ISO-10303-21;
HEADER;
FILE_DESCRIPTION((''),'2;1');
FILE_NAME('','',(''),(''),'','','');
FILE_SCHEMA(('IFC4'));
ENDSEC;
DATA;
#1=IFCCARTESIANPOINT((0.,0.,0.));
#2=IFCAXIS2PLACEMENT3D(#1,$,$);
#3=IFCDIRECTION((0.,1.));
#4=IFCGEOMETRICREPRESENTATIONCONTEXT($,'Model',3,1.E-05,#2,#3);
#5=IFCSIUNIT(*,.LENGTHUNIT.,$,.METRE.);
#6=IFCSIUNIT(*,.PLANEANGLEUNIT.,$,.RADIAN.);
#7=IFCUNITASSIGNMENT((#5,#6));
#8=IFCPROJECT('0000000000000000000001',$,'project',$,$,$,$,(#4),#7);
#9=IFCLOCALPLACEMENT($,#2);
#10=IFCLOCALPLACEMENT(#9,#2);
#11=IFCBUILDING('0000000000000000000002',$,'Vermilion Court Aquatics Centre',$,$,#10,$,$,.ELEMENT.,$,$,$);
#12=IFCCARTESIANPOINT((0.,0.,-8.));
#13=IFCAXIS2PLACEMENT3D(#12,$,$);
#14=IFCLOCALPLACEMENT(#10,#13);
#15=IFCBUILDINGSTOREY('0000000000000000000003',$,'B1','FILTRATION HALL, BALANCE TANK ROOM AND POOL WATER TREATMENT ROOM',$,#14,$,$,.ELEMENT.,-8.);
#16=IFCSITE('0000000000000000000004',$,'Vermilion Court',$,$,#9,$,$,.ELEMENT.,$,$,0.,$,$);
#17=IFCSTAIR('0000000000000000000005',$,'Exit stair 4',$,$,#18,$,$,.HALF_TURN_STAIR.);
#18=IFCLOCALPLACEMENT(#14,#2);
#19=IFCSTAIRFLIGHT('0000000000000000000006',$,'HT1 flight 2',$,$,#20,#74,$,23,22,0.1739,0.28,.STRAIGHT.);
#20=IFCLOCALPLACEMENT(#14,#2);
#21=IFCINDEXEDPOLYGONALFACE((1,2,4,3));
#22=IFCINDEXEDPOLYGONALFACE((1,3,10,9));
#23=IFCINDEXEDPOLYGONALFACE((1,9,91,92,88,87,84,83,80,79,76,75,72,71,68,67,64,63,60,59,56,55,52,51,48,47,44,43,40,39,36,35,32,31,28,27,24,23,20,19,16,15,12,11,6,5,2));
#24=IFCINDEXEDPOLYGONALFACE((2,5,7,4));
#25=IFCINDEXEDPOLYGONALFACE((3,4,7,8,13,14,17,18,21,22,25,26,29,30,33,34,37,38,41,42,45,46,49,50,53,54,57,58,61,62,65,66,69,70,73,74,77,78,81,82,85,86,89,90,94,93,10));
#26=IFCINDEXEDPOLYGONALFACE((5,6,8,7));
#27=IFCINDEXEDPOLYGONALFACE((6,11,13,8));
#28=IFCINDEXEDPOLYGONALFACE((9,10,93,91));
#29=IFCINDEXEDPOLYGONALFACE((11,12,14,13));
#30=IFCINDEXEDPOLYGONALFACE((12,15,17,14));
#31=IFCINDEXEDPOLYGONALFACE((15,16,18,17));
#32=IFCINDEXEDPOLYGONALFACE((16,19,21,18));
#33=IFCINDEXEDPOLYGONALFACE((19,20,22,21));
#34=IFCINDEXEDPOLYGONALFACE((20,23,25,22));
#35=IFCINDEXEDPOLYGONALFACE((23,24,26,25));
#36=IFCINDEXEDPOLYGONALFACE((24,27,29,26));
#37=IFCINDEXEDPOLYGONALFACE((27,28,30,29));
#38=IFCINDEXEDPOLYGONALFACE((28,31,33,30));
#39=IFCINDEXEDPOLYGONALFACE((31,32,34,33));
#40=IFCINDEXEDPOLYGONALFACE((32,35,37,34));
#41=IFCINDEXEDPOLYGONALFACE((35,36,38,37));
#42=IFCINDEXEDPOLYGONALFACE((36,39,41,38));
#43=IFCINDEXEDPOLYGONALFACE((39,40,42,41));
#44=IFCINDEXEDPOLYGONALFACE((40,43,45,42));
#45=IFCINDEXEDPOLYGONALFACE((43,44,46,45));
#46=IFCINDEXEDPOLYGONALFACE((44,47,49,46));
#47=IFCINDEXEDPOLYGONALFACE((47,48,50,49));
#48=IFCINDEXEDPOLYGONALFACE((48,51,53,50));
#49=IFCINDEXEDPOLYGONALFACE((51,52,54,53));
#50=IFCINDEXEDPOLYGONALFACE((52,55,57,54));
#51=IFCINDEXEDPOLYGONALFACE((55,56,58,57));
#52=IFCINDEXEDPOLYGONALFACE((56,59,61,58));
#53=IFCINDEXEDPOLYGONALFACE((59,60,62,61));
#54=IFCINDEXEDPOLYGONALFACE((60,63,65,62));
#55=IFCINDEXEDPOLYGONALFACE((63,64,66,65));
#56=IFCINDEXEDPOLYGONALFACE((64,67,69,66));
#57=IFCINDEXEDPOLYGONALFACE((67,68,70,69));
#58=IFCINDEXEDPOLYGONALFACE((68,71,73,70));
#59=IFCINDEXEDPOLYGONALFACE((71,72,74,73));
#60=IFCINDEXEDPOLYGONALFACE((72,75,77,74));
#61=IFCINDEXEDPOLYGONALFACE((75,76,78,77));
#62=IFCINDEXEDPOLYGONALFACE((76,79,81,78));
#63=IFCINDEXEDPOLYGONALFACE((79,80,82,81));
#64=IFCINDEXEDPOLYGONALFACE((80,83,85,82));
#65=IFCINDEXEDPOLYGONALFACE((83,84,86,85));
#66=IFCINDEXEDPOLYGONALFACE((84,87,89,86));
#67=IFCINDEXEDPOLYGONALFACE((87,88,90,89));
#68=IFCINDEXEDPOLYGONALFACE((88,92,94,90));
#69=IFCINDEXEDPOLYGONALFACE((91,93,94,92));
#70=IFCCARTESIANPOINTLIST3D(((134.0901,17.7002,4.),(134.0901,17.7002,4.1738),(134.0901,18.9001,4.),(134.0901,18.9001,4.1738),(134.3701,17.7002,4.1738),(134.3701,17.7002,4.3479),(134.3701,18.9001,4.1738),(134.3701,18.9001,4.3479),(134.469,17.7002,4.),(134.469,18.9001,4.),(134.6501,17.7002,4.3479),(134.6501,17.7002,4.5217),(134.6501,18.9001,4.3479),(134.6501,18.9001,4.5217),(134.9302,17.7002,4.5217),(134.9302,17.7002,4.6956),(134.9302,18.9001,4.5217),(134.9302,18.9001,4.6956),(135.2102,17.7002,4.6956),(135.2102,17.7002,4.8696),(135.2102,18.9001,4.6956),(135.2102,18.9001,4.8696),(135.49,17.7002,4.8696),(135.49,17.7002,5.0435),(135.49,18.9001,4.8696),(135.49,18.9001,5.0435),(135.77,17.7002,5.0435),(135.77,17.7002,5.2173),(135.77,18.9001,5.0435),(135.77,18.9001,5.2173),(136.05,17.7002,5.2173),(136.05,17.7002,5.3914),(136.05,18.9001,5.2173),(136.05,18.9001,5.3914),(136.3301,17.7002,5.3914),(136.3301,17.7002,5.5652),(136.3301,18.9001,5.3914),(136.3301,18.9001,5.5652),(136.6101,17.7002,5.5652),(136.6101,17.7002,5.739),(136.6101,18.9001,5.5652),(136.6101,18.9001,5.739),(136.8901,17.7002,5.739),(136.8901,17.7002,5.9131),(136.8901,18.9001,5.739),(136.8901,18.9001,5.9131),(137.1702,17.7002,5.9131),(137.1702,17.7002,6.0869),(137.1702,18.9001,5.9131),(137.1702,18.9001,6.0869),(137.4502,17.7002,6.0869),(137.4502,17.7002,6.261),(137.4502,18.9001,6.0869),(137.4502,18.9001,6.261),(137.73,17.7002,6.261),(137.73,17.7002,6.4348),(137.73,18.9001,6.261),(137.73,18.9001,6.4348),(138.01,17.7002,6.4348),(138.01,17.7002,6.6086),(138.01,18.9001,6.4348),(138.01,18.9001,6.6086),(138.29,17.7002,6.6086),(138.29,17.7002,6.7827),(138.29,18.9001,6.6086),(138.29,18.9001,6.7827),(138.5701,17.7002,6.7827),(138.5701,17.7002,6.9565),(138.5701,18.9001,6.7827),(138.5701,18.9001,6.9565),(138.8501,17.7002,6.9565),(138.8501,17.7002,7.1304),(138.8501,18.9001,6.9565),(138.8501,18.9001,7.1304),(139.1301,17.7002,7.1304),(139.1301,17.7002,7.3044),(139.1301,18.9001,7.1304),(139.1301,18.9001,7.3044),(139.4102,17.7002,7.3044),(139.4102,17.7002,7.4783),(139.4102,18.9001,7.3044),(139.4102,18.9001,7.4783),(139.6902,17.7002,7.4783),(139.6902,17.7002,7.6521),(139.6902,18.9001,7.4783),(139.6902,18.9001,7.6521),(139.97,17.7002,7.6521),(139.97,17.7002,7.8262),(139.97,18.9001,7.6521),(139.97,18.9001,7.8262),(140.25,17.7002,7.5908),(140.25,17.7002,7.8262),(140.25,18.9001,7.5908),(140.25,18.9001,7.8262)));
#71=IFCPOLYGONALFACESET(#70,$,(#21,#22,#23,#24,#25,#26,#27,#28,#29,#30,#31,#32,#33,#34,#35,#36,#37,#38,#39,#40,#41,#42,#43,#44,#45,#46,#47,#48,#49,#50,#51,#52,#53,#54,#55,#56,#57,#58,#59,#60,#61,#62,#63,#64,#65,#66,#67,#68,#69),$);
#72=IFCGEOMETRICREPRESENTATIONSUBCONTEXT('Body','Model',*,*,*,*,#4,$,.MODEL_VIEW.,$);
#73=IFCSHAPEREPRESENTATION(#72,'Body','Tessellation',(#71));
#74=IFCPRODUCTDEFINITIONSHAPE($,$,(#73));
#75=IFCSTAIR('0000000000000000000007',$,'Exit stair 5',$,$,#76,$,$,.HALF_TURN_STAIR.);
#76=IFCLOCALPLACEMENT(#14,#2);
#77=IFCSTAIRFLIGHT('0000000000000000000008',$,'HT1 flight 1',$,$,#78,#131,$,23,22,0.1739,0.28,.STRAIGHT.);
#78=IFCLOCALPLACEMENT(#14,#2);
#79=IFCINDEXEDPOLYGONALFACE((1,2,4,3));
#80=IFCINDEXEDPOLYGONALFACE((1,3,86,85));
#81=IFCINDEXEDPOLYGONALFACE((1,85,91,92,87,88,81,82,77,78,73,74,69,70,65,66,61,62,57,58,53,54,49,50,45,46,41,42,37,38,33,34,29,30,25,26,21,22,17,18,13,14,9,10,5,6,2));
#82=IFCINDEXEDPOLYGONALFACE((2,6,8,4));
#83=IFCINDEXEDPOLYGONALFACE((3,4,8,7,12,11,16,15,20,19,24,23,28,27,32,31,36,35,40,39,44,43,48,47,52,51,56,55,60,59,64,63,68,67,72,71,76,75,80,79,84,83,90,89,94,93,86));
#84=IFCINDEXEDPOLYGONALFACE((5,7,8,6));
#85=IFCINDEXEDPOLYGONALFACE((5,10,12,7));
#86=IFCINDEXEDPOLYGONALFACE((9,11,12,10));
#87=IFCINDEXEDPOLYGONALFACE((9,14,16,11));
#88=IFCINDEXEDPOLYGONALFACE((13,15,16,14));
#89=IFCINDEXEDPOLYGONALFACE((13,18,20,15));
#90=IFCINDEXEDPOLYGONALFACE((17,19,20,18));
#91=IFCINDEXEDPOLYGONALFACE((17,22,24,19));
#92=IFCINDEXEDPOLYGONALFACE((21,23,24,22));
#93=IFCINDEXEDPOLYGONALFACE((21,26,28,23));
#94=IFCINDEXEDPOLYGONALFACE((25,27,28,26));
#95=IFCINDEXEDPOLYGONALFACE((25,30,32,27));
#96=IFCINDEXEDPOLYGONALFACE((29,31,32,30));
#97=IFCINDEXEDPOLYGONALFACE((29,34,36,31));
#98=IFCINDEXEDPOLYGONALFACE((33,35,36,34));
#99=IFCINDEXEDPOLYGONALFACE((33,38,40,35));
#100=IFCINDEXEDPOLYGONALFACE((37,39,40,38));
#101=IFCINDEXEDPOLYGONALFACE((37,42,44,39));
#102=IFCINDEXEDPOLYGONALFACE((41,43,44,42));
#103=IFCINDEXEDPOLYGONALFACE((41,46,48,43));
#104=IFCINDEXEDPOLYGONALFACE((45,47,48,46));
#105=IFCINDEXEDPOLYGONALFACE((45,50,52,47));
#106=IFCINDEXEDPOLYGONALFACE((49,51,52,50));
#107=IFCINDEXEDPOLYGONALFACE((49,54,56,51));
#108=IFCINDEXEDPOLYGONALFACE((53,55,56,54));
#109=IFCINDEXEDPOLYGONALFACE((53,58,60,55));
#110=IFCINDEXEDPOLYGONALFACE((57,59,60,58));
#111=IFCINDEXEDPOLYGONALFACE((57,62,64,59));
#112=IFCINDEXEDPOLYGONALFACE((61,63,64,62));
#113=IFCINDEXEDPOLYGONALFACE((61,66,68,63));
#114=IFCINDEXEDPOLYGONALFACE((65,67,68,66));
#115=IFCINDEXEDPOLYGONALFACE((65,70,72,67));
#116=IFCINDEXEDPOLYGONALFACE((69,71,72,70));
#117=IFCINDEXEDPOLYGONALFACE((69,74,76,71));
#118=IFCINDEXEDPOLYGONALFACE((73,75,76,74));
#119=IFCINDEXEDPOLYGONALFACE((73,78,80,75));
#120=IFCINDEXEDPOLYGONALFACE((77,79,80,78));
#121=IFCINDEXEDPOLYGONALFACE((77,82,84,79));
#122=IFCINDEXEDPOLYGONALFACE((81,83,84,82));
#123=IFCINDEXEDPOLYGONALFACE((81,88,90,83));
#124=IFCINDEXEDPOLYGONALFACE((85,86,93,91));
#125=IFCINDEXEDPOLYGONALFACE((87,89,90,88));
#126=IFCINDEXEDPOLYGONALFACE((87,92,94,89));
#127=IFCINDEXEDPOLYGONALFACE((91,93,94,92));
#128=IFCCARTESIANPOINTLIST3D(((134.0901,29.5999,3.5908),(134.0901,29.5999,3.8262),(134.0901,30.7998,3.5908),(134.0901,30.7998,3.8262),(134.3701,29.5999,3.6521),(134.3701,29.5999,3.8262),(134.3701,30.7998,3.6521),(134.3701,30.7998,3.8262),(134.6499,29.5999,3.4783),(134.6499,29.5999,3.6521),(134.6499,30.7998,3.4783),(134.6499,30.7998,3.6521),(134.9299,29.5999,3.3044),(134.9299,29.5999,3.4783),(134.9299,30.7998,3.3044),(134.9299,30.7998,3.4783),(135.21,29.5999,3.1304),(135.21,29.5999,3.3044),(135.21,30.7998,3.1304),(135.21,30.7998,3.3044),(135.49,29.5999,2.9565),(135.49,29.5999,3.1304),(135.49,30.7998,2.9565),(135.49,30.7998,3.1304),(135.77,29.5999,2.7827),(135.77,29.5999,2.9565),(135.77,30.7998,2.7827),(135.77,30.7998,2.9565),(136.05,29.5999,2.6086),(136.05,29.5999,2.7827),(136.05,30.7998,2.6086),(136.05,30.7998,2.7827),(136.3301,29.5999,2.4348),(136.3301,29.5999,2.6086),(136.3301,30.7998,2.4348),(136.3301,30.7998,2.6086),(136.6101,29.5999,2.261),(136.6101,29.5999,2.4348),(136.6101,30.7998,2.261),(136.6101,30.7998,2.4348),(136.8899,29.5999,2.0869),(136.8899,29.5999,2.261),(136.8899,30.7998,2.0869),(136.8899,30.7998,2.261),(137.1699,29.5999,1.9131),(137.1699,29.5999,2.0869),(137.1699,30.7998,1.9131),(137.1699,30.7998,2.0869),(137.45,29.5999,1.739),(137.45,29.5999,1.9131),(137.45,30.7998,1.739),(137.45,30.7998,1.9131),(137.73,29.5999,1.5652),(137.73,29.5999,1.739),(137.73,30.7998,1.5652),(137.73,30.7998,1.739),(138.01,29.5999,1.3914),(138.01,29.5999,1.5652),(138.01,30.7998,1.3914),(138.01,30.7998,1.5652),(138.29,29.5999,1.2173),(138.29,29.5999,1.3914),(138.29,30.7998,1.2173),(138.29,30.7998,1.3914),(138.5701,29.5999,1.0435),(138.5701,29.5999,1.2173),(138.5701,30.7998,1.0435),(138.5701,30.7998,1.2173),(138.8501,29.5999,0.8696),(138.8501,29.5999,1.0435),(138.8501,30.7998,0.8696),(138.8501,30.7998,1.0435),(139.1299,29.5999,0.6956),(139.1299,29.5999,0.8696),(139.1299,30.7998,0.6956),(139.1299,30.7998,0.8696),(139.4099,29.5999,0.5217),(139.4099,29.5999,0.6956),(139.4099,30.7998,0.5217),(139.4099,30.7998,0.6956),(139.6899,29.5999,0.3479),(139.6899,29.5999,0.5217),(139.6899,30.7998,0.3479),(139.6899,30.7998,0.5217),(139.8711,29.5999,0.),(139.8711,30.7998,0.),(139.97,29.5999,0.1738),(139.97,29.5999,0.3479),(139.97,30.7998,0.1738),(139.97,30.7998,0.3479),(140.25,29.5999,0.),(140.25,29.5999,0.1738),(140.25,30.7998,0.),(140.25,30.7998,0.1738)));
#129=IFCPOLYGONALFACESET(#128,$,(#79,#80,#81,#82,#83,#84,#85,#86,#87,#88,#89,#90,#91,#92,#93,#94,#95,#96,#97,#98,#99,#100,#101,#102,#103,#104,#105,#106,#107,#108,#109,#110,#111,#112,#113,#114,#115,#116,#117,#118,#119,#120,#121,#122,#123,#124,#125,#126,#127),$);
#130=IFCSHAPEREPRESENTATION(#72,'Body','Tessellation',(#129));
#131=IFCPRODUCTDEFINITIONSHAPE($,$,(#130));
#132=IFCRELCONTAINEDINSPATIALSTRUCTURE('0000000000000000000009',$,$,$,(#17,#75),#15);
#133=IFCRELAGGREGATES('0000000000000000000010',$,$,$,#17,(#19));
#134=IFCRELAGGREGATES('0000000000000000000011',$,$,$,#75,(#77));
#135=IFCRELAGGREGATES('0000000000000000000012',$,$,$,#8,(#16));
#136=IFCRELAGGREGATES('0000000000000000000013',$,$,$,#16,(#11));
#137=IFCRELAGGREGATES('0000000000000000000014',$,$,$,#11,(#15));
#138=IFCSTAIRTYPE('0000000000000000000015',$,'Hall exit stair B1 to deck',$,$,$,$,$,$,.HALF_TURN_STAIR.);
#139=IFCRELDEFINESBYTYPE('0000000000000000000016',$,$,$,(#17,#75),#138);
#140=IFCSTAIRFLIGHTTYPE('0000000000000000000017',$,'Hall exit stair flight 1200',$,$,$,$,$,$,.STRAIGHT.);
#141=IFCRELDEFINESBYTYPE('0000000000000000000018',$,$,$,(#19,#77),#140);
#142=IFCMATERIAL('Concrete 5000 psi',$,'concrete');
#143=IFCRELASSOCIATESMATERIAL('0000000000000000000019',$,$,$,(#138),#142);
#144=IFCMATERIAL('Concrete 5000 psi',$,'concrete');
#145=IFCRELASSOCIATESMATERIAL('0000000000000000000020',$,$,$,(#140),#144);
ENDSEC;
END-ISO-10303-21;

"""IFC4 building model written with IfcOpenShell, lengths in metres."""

from ifc_helpers import new_model, si_unit, direction, frame, origin, place, context, subcontext, project, spatial, polyline, outline, extrude, material, type_object, element, aggregate, save


model = new_model("IFC4")

# Units and contexts
model_context = context("Model", 3, precision=1e-05, world=origin(), true_north=direction((0.0, 1.0)))
body_context = subcontext(model_context, "Body", "Model", "MODEL_VIEW")
ifc_project = project(units=[si_unit("LENGTHUNIT", "METRE"), si_unit("PLANEANGLEUNIT", "RADIAN")], contexts=[model_context])

# Site, building, storey
site_placement = place(None, origin())
site = spatial("IfcSite", under=ifc_project, at=site_placement, Name="Vermilion Court", CompositionType="ELEMENT", RefElevation=0.0)
building_placement = place(site_placement, origin())
building = spatial("IfcBuilding", under=site, at=building_placement, Name="Vermilion Court Aquatics Centre", CompositionType="ELEMENT")
storey_placement = place(building_placement, frame((0.0, 0.0, -8.0)))
storey = spatial("IfcBuildingStorey", under=building, at=storey_placement, Name="B1", Description="FILTRATION HALL, BALANCE TANK ROOM AND POOL WATER TREATMENT ROOM", CompositionType="ELEMENT", Elevation=-8.0)

# Stair, stair flight
ifc_material_1 = material(Name="Concrete 5000 psi", Category="concrete")
stair_type = type_object("IfcStairType", Name="Hall exit stair B1 to deck", PredefinedType="HALF_TURN_STAIR", material=ifc_material_1)
stair_1_placement = place(storey_placement, origin())
stair_1 = element("IfcStair", 1, at=stair_1_placement, inside=storey, type_object=stair_type, Name="Exit stair 4", PredefinedType="HALF_TURN_STAIR")
ifc_material_2 = material(Name="Concrete 5000 psi", Category="concrete")
stair_flight_type = type_object("IfcStairFlightType", Name="Hall exit stair flight 1200", PredefinedType="STRAIGHT", material=ifc_material_2)
stair_flight_1_placement = place(storey_placement, frame((134.0901, 18.3, 4.0), z_axis=(0.0, 0.0, 1.0), x_axis=(1.0, 0.0, 0.0)))
stair_flight_1 = element("IfcStairFlight", 2, at=stair_flight_1_placement, type_object=stair_flight_type, Name="HT1 flight 2", NumberOfRisers=23, NumberOfTreads=22, PredefinedType="STRAIGHT", RiserHeight=0.1739, TreadLength=0.28, context=body_context, shape_type="SweptSolid", body=[
    extrude(outline(polyline([(0.0, 0.0), (0.0, 0.1738), (0.28, 0.1738), (0.28, 0.3479), (0.5601, 0.3479), (0.5601, 0.5217), (0.8401, 0.5217), (0.8401, 0.6956), (1.1201, 0.6956), (1.1201, 0.8696), (1.3999, 0.8696), (1.3999, 1.0435), (1.6799, 1.0435), (1.6799, 1.2173), (1.96, 1.2173), (1.96, 1.3914), (2.24, 1.3914), (2.24, 1.5652), (2.52, 1.5652), (2.52, 1.739), (2.8, 1.739), (2.8, 1.9131), (3.0801, 1.9131), (3.0801, 2.0869), (3.3601, 2.0869), (3.3601, 2.261), (3.6399, 2.261), (3.6399, 2.4348), (3.9199, 2.4348), (3.9199, 2.6086), (4.2, 2.6086), (4.2, 2.7827), (4.48, 2.7827), (4.48, 2.9565), (4.76, 2.9565), (4.76, 3.1304), (5.04, 3.1304), (5.04, 3.3044), (5.3201, 3.3044), (5.3201, 3.4783), (5.6001, 3.4783), (5.6001, 3.6521), (5.8799, 3.6521), (5.8799, 3.8262), (6.1599, 3.8262), (6.1599, 4.0), (6.1599, 3.5908), (0.3789, 0.0), (0.0, 0.0)])), frame((0.0, 0.6001, 0.0), z_axis=(0.0, -1.0, 0.0), x_axis=(1.0, 0.0, 0.0)), (0.0, 0.0, 1.0), 1.2),
])
aggregate(stair_1, [stair_flight_1])

# Stair, stair flight
stair_2_placement = place(storey_placement, origin())
stair_2 = element("IfcStair", 3, at=stair_2_placement, inside=storey, type_object=stair_type, Name="Exit stair 5", PredefinedType="HALF_TURN_STAIR")
stair_flight_2_placement = place(storey_placement, frame((140.25, 30.2, 0.0), z_axis=(0.0, 0.0, 1.0), x_axis=(-1.0, 0.0, 0.0)))
stair_flight_2 = element("IfcStairFlight", 4, at=stair_flight_2_placement, type_object=stair_flight_type, Name="HT1 flight 1", NumberOfRisers=23, NumberOfTreads=22, PredefinedType="STRAIGHT", RiserHeight=0.1739, TreadLength=0.28, context=body_context, shape_type="SweptSolid", body=[
    extrude(outline(polyline([(0.0, 0.0), (0.0, 0.1738), (0.28, 0.1738), (0.28, 0.3479), (0.5601, 0.3479), (0.5601, 0.5217), (0.8401, 0.5217), (0.8401, 0.6956), (1.1201, 0.6956), (1.1201, 0.8696), (1.3999, 0.8696), (1.3999, 1.0435), (1.6799, 1.0435), (1.6799, 1.2173), (1.96, 1.2173), (1.96, 1.3914), (2.24, 1.3914), (2.24, 1.5652), (2.52, 1.5652), (2.52, 1.739), (2.8, 1.739), (2.8, 1.9131), (3.0801, 1.9131), (3.0801, 2.0869), (3.3601, 2.0869), (3.3601, 2.261), (3.6399, 2.261), (3.6399, 2.4348), (3.9199, 2.4348), (3.9199, 2.6086), (4.2, 2.6086), (4.2, 2.7827), (4.48, 2.7827), (4.48, 2.9565), (4.76, 2.9565), (4.76, 3.1304), (5.04, 3.1304), (5.04, 3.3044), (5.3201, 3.3044), (5.3201, 3.4783), (5.6001, 3.4783), (5.6001, 3.6521), (5.8799, 3.6521), (5.8799, 3.8262), (6.1599, 3.8262), (6.1599, 4.0), (6.1599, 3.5908), (0.3789, 0.0), (0.0, 0.0)])), frame((0.0, 0.6001, 0.0), z_axis=(0.0, -1.0, 0.0), x_axis=(1.0, 0.0, 0.0)), (0.0, 0.0, 1.0), 1.2),
])
aggregate(stair_2, [stair_flight_2])

save(model, "model.ifc")
